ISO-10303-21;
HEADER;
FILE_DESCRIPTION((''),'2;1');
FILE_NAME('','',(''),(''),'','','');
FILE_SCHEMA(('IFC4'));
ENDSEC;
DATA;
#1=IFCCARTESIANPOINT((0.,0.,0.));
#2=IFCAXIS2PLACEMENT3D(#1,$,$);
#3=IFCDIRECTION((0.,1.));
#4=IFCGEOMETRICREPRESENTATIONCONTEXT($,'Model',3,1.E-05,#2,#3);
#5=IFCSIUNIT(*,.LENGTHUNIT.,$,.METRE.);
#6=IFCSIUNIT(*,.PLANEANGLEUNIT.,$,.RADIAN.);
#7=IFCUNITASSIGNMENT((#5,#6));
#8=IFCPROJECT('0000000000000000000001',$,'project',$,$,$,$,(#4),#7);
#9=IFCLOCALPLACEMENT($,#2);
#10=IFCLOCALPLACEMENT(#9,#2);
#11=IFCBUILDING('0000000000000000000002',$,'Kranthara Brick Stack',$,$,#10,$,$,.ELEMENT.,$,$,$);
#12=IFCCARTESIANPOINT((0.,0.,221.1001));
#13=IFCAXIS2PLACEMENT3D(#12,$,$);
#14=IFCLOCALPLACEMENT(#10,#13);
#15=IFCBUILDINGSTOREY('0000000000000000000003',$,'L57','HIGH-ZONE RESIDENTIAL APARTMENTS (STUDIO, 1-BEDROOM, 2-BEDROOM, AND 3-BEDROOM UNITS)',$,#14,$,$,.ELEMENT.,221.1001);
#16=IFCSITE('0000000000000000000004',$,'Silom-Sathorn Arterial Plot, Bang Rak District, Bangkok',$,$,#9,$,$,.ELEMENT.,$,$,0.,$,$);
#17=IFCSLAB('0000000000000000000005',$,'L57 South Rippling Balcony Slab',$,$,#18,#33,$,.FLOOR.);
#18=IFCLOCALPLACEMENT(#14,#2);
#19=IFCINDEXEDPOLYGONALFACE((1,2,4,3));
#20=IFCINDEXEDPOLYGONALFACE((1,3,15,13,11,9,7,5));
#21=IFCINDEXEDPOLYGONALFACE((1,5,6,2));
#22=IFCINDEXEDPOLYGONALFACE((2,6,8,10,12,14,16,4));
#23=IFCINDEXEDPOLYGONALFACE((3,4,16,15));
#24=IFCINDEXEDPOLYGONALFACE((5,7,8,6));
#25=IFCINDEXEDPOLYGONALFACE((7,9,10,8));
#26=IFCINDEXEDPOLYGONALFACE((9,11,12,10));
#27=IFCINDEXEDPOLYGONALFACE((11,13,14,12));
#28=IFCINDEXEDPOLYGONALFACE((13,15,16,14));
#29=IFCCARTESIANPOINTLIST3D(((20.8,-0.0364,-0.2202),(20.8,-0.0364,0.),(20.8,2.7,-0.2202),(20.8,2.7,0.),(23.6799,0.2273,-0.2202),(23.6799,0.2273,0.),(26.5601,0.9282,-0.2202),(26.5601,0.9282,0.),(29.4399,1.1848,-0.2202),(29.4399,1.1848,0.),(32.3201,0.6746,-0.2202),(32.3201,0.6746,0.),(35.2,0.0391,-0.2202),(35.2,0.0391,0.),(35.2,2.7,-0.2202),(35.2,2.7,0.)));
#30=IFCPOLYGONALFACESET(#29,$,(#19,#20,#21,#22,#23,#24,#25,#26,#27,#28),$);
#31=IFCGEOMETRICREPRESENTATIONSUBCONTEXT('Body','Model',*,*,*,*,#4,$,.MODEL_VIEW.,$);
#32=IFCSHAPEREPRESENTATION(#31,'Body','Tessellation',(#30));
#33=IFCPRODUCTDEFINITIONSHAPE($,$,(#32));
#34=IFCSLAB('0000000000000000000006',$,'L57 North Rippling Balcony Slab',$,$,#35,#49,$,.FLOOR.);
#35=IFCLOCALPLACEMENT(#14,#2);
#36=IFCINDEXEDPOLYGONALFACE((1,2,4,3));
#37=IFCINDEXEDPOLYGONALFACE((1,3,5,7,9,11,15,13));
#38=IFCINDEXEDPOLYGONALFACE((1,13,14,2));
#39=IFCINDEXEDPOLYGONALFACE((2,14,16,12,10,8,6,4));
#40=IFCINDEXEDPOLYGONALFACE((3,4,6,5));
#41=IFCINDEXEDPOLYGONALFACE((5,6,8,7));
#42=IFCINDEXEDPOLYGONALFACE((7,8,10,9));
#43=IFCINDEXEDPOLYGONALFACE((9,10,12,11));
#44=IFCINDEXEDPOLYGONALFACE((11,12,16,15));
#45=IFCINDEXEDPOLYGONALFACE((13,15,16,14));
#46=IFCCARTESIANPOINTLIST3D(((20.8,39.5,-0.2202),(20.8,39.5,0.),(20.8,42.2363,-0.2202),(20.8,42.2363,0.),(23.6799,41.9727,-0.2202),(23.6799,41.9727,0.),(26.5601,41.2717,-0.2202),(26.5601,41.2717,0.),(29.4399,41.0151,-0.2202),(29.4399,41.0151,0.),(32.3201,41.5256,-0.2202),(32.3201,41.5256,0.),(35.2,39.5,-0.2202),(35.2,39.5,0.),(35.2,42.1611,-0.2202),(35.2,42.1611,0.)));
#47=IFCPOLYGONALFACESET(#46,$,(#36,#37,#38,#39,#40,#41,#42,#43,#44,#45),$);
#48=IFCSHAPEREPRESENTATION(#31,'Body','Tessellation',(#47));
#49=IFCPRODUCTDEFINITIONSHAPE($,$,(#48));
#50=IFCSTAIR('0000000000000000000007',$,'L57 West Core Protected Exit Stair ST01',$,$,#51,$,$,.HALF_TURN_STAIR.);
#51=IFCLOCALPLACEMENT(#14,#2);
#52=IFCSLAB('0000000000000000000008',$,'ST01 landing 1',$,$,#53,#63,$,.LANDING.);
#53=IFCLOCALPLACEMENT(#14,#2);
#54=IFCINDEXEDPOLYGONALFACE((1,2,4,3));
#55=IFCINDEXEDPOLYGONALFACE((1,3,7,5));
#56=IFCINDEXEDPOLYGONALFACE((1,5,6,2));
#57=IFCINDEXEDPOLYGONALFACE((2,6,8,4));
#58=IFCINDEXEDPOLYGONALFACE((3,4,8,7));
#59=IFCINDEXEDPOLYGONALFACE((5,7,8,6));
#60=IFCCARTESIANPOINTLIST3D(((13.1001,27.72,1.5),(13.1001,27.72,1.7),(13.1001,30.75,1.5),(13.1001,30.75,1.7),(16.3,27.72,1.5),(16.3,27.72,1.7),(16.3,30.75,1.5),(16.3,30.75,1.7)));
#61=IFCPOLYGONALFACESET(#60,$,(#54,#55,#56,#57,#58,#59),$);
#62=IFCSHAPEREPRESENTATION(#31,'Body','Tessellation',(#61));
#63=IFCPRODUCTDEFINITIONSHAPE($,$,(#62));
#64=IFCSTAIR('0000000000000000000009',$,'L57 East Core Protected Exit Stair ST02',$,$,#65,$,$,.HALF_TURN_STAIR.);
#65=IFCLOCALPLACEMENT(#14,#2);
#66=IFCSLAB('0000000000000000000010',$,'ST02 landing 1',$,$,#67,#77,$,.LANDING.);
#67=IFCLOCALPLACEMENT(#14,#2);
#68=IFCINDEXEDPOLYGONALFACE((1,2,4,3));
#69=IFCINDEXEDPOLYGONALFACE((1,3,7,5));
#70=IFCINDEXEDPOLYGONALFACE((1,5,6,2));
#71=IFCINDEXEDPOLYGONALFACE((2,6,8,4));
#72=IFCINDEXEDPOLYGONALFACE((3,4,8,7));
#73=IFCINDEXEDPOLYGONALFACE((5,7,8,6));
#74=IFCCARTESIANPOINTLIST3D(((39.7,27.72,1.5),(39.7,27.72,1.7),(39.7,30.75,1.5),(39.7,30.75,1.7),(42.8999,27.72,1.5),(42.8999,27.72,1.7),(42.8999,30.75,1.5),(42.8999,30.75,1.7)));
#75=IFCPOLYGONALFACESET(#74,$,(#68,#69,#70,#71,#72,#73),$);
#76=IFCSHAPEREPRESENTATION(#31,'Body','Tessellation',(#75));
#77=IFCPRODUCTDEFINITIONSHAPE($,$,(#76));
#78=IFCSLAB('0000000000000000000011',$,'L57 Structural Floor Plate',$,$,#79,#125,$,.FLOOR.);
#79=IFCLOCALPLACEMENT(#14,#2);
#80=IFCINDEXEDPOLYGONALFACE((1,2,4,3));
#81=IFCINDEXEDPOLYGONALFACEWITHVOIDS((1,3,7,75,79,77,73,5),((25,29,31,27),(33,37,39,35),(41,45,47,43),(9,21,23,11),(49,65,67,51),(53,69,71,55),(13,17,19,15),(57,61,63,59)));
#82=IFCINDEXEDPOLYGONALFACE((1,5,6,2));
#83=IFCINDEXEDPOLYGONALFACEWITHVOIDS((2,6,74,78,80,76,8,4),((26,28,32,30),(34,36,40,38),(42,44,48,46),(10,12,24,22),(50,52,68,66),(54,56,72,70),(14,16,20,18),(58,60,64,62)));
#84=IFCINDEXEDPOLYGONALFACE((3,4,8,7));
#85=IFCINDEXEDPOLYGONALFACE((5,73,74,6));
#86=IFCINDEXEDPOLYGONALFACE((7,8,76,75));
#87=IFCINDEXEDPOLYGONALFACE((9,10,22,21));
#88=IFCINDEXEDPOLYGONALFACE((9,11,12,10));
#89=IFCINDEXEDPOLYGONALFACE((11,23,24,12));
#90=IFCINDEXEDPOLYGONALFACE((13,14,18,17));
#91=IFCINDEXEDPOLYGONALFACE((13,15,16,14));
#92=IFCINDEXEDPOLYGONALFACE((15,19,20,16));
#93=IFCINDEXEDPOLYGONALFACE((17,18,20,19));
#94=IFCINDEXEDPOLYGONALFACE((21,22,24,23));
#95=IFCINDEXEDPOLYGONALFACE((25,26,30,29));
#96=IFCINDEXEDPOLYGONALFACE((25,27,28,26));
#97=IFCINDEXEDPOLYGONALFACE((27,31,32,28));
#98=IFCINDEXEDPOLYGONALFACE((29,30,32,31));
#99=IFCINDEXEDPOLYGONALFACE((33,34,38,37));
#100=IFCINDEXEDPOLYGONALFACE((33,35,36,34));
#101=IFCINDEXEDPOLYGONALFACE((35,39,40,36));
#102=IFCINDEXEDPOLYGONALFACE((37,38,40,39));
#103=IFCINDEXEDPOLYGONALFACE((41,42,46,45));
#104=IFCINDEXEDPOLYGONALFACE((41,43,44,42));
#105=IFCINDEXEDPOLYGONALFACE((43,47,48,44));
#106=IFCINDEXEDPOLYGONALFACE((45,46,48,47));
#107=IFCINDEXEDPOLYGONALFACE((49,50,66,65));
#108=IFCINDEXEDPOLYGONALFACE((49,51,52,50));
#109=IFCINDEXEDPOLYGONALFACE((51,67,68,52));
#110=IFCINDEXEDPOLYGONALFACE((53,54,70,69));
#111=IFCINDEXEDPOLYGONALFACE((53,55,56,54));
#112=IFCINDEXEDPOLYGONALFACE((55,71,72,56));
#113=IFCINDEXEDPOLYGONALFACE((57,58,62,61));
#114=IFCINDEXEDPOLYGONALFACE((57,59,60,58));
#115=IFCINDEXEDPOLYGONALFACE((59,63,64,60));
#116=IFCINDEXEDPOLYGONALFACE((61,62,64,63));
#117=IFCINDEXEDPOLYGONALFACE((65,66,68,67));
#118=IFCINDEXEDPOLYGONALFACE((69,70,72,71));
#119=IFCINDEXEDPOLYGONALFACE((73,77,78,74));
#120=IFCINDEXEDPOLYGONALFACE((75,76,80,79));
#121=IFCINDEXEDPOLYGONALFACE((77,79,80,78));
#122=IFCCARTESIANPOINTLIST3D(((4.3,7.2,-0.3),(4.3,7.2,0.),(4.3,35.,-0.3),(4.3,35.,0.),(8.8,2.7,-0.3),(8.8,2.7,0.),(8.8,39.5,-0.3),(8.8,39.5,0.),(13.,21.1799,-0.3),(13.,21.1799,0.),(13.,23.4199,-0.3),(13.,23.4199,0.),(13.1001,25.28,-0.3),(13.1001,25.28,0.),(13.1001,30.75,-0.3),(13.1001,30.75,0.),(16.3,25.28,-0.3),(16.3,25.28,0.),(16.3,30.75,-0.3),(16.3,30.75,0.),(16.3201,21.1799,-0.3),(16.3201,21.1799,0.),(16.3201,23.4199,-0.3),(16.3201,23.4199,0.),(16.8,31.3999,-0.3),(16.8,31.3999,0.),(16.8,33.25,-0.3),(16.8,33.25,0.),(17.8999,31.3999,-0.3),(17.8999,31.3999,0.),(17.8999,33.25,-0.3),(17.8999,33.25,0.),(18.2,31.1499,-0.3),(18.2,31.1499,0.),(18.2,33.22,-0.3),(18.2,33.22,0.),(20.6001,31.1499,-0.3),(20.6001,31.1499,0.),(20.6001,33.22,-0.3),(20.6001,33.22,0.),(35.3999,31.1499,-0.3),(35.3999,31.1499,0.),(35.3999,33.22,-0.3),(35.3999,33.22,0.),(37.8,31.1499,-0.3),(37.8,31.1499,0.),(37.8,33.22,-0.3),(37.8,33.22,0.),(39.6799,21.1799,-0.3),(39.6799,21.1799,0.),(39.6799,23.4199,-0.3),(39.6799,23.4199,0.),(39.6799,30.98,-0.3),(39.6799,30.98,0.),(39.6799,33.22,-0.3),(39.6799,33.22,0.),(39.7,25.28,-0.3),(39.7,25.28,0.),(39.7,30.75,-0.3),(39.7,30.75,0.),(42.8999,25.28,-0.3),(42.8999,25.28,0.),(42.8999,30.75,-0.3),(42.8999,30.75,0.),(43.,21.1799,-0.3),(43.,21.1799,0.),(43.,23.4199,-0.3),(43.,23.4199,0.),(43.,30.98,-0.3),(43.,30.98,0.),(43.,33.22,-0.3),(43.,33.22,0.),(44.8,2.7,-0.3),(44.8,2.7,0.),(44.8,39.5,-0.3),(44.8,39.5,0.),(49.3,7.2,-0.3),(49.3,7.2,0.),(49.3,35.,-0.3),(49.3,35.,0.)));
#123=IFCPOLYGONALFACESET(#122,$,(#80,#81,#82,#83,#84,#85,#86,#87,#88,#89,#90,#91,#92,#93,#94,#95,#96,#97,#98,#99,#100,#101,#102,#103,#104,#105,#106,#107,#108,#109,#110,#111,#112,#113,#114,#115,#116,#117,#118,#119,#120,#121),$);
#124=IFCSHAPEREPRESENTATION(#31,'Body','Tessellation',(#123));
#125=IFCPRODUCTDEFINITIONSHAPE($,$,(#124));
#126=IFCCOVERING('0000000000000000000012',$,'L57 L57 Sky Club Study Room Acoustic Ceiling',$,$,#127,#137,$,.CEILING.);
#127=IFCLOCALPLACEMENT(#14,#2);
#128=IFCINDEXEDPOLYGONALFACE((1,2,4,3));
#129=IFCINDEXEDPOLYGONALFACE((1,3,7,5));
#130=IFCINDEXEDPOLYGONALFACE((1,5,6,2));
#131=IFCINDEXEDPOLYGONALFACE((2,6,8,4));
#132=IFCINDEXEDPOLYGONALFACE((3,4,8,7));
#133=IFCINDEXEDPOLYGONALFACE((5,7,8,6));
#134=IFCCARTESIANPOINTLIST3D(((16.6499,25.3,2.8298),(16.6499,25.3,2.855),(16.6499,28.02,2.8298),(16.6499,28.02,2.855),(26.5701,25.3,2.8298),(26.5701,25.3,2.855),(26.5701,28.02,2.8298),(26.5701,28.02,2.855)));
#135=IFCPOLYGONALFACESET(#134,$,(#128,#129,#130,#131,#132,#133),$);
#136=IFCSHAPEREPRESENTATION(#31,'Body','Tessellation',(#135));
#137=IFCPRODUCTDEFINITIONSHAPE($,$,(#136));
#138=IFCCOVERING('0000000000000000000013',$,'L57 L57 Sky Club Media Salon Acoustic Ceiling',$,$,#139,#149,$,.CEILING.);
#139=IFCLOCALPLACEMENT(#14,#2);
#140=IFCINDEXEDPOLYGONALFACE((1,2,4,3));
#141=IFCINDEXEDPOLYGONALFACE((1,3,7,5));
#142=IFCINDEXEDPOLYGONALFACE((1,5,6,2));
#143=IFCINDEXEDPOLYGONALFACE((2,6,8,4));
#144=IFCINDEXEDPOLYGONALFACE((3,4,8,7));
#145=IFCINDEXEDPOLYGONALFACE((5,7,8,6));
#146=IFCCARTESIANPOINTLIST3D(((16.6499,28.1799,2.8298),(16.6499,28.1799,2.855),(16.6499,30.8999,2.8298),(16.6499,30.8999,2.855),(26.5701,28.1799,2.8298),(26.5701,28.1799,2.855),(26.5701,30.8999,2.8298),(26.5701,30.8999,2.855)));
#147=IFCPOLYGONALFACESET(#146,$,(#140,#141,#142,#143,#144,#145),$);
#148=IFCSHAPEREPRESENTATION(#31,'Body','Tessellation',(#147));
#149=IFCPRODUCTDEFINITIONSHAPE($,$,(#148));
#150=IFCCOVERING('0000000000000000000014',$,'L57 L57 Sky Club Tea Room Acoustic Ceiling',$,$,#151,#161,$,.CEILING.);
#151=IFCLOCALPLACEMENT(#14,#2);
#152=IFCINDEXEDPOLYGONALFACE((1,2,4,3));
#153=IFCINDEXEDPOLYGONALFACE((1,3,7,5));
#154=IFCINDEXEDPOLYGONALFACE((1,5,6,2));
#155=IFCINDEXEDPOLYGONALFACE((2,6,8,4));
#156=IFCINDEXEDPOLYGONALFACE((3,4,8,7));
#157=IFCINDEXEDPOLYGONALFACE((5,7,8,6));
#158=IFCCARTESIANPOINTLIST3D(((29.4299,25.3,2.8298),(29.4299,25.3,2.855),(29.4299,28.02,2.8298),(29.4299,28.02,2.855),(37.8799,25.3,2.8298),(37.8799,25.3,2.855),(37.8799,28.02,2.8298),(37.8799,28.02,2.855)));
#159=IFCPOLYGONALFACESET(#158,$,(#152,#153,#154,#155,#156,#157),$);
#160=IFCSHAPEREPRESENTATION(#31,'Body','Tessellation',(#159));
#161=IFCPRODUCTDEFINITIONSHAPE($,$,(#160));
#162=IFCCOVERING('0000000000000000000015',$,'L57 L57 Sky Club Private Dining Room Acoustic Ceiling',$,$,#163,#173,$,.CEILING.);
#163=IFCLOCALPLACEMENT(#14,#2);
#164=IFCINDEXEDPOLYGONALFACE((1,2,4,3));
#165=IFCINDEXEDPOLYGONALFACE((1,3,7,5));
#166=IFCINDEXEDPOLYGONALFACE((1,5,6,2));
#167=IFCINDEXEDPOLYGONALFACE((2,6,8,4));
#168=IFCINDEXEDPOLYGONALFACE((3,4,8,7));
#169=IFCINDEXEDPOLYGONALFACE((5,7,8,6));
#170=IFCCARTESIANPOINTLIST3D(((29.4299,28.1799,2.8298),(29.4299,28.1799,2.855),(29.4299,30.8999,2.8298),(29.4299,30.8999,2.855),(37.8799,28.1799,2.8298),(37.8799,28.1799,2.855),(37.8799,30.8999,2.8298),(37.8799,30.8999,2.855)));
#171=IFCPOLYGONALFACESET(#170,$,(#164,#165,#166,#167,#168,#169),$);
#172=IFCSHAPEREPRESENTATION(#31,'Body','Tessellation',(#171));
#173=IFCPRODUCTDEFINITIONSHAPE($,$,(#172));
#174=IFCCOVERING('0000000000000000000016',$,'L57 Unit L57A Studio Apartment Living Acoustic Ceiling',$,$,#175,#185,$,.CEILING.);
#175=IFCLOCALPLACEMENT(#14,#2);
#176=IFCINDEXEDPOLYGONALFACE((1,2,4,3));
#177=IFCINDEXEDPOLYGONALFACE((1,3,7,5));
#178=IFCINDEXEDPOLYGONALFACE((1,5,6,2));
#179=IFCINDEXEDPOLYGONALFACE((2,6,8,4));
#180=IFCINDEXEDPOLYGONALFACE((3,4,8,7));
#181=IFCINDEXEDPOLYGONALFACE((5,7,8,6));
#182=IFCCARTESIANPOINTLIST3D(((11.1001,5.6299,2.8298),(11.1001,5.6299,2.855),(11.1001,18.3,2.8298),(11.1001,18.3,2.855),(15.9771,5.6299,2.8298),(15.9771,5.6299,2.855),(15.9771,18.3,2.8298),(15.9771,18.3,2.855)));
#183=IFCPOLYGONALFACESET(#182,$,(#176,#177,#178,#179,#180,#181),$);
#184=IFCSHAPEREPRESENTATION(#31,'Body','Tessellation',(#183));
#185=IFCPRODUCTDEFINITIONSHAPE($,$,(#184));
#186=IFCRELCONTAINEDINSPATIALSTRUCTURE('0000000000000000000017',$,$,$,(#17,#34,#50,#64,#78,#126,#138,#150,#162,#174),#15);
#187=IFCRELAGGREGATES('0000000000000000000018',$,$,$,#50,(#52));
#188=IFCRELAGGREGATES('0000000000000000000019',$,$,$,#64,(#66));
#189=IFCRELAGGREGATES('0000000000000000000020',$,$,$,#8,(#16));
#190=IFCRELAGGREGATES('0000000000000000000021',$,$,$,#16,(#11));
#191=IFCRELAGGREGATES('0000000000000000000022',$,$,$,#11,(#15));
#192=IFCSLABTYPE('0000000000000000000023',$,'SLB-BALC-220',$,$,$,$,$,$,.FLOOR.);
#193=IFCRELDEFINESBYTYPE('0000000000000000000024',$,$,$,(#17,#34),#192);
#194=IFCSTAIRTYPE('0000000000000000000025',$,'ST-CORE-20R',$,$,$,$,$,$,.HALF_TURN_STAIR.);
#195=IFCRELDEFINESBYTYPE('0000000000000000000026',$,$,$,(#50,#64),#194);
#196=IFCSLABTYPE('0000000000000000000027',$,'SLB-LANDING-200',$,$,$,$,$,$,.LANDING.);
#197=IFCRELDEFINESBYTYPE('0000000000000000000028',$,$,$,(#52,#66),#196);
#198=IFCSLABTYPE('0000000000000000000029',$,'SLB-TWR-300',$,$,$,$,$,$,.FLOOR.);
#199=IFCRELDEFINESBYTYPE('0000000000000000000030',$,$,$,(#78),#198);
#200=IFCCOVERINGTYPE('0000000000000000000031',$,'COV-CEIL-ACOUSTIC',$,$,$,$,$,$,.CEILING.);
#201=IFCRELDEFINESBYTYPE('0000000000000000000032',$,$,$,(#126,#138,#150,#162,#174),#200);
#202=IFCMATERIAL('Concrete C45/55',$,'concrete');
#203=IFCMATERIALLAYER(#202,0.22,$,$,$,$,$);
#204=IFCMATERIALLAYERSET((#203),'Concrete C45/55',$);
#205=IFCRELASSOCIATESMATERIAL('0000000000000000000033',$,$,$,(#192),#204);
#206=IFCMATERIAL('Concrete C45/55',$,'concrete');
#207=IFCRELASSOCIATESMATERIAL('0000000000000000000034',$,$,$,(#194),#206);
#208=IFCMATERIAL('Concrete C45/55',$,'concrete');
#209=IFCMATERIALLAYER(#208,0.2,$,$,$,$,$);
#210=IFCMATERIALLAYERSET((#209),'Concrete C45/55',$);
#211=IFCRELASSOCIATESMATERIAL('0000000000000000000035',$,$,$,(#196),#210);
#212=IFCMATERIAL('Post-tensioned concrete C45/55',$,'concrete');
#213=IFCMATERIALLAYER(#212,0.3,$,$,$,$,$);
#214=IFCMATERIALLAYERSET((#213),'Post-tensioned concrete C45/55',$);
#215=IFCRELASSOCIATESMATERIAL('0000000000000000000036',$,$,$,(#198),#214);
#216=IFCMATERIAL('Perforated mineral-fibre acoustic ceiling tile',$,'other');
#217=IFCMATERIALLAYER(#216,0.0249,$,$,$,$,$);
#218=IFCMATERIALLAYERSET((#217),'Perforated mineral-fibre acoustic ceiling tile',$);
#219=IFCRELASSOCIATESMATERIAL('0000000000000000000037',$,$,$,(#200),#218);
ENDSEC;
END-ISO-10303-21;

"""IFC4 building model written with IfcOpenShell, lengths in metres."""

from ifc_helpers import new_model, si_unit, direction, frame, origin, place, context, subcontext, project, spatial, polyline, outline, extrude, material, layer, layer_set, type_object, element, aggregate, save


model = new_model("IFC4")

# Units and contexts
model_context = context("Model", 3, precision=1e-05, world=origin(), true_north=direction((0.0, 1.0)))
body_context = subcontext(model_context, "Body", "Model", "MODEL_VIEW")
ifc_project = project(units=[si_unit("LENGTHUNIT", "METRE"), si_unit("PLANEANGLEUNIT", "RADIAN")], contexts=[model_context])

# Site, building, storey
site_placement = place(None, origin())
site = spatial("IfcSite", under=ifc_project, at=site_placement, Name="Silom-Sathorn Arterial Plot, Bang Rak District, Bangkok", CompositionType="ELEMENT", RefElevation=0.0)
building_placement = place(site_placement, origin())
building = spatial("IfcBuilding", under=site, at=building_placement, Name="Kranthara Brick Stack", CompositionType="ELEMENT")
storey_placement = place(building_placement, frame((0.0, 0.0, 221.1001)))
storey = spatial("IfcBuildingStorey", under=building, at=storey_placement, Name="L57", Description="HIGH-ZONE RESIDENTIAL APARTMENTS (STUDIO, 1-BEDROOM, 2-BEDROOM, AND 3-BEDROOM UNITS)", CompositionType="ELEMENT", Elevation=221.1001)

# Slabs
ifc_material_1 = material(Name="Concrete C45/55", Category="concrete")
ifc_layer_1 = layer(ifc_material_1, 0.22)
ifc_layer_set_1 = layer_set([ifc_layer_1], Name="Concrete C45/55")
slab_type_1 = type_object("IfcSlabType", Name="SLB-BALC-220", PredefinedType="FLOOR", material=ifc_layer_set_1)
slab_1_placement = place(storey_placement, frame((0.0, 0.0, -0.2202)))
element("IfcSlab", 1, at=slab_1_placement, inside=storey, type_object=slab_type_1, Name="L57 South Rippling Balcony Slab", PredefinedType="FLOOR", context=body_context, shape_type="SweptSolid", body=[
    extrude(outline(polyline([(20.8, 2.7), (35.2, 2.7), (35.2, 0.0391), (32.3201, 0.6746), (29.4399, 1.1848), (26.5601, 0.9282), (23.6799, 0.2273), (20.8, -0.0364), (20.8, 2.7)])), origin(), (0.0, 0.0, 1.0), 0.2202),
])
slab_2_placement = place(storey_placement, frame((0.0, 0.0, -0.2202)))
element("IfcSlab", 2, at=slab_2_placement, inside=storey, type_object=slab_type_1, Name="L57 North Rippling Balcony Slab", PredefinedType="FLOOR", context=body_context, shape_type="SweptSolid", body=[
    extrude(outline(polyline([(35.2, 39.5), (20.8, 39.5), (20.8, 42.2363), (23.6799, 41.9727), (26.5601, 41.2717), (29.4399, 41.0151), (32.3201, 41.5256), (35.2, 42.1611), (35.2, 39.5)])), origin(), (0.0, 0.0, 1.0), 0.2202),
])

# Stairs, slabs
ifc_material_2 = material(Name="Concrete C45/55", Category="concrete")
stair_type = type_object("IfcStairType", Name="ST-CORE-20R", PredefinedType="HALF_TURN_STAIR", material=ifc_material_2)
stair_1_placement = place(storey_placement, origin())
stair_1 = element("IfcStair", 3, at=stair_1_placement, inside=storey, type_object=stair_type, Name="L57 West Core Protected Exit Stair ST01", PredefinedType="HALF_TURN_STAIR")
ifc_material_3 = material(Name="Concrete C45/55", Category="concrete")
ifc_layer_2 = layer(ifc_material_3, 0.2)
ifc_layer_set_2 = layer_set([ifc_layer_2], Name="Concrete C45/55")
slab_type_2 = type_object("IfcSlabType", Name="SLB-LANDING-200", PredefinedType="LANDING", material=ifc_layer_set_2)
slab_3_placement = place(storey_placement, frame((0.0, 0.0, 1.5)))
slab_3 = element("IfcSlab", 4, at=slab_3_placement, type_object=slab_type_2, Name="ST01 landing 1", PredefinedType="LANDING", context=body_context, shape_type="SweptSolid", body=[
    extrude(outline(polyline([(16.3, 27.72), (16.3, 30.75), (13.1001, 30.75), (13.1001, 27.72), (16.3, 27.72)])), origin(), (0.0, 0.0, 1.0), 0.2),
])
aggregate(stair_1, [slab_3])
stair_2_placement = place(storey_placement, origin())
stair_2 = element("IfcStair", 5, at=stair_2_placement, inside=storey, type_object=stair_type, Name="L57 East Core Protected Exit Stair ST02", PredefinedType="HALF_TURN_STAIR")
slab_4_placement = place(storey_placement, frame((0.0, 0.0, 1.5)))
slab_4 = element("IfcSlab", 6, at=slab_4_placement, type_object=slab_type_2, Name="ST02 landing 1", PredefinedType="LANDING", context=body_context, shape_type="SweptSolid", body=[
    extrude(outline(polyline([(42.8999, 27.72), (42.8999, 30.75), (39.7, 30.75), (39.7, 27.72), (42.8999, 27.72)])), origin(), (0.0, 0.0, 1.0), 0.2),
])
aggregate(stair_2, [slab_4])

# Slab
ifc_material_4 = material(Name="Post-tensioned concrete C45/55", Category="concrete")
ifc_layer_3 = layer(ifc_material_4, 0.3)
ifc_layer_set_3 = layer_set([ifc_layer_3], Name="Post-tensioned concrete C45/55")
slab_type_3 = type_object("IfcSlabType", Name="SLB-TWR-300", PredefinedType="FLOOR", material=ifc_layer_set_3)
slab_5_placement = place(storey_placement, frame((0.0, 0.0, -0.3)))
element("IfcSlab", 7, at=slab_5_placement, inside=storey, type_object=slab_type_3, Name="L57 Structural Floor Plate", PredefinedType="FLOOR", context=body_context, shape_type="SweptSolid", body=[
    extrude(outline(polyline([(8.8, 2.7), (44.8, 2.7), (49.3, 7.2), (49.3, 35.0), (44.8, 39.5), (8.8, 39.5), (4.3, 35.0), (4.3, 7.2), (8.8, 2.7)]), holes=[polyline([(13.1001, 25.28), (16.3, 25.28), (16.3, 30.75), (13.1001, 30.75), (13.1001, 25.28)]), polyline([(39.7, 25.28), (42.8999, 25.28), (42.8999, 30.75), (39.7, 30.75), (39.7, 25.28)]), polyline([(13.0, 21.1799), (16.3201, 21.1799), (16.3201, 23.4199), (13.0, 23.4199), (13.0, 21.1799)]), polyline([(39.6799, 21.1799), (43.0, 21.1799), (43.0, 23.4199), (39.6799, 23.4199), (39.6799, 21.1799)]), polyline([(39.6799, 30.98), (43.0, 30.98), (43.0, 33.22), (39.6799, 33.22), (39.6799, 30.98)]), polyline([(18.2, 31.1499), (20.6001, 31.1499), (20.6001, 33.22), (18.2, 33.22), (18.2, 31.1499)]), polyline([(35.3999, 31.1499), (37.8, 31.1499), (37.8, 33.22), (35.3999, 33.22), (35.3999, 31.1499)]), polyline([(16.8, 31.3999), (17.8999, 31.3999), (17.8999, 33.25), (16.8, 33.25), (16.8, 31.3999)])]), origin(), (0.0, 0.0, 1.0), 0.3),
])

# Coverings
ifc_material_5 = material(Name="Perforated mineral-fibre acoustic ceiling tile", Category="other")
ifc_layer_4 = layer(ifc_material_5, 0.0249)
ifc_layer_set_4 = layer_set([ifc_layer_4], Name="Perforated mineral-fibre acoustic ceiling tile")
covering_type_1 = type_object("IfcCoveringType", Name="COV-CEIL-ACOUSTIC", PredefinedType="CEILING", material=ifc_layer_set_4)
covering_1_placement = place(storey_placement, frame((0.0, 0.0, 2.8298)))
element("IfcCovering", 8, at=covering_1_placement, inside=storey, type_object=covering_type_1, Name="L57 L57 Sky Club Study Room Acoustic Ceiling", PredefinedType="CEILING", context=body_context, shape_type="SweptSolid", body=[
    extrude(outline(polyline([(26.5701, 25.3), (26.5701, 28.02), (16.6499, 28.02), (16.6499, 25.3), (26.5701, 25.3)])), origin(), (0.0, 0.0, 1.0), 0.0251),
])
covering_2_placement = place(storey_placement, frame((0.0, 0.0, 2.8298)))
element("IfcCovering", 9, at=covering_2_placement, inside=storey, type_object=covering_type_1, Name="L57 L57 Sky Club Media Salon Acoustic Ceiling", PredefinedType="CEILING", context=body_context, shape_type="SweptSolid", body=[
    extrude(outline(polyline([(26.5701, 28.1799), (26.5701, 30.8999), (16.6499, 30.8999), (16.6499, 28.1799), (26.5701, 28.1799)])), origin(), (0.0, 0.0, 1.0), 0.0251),
])
covering_3_placement = place(storey_placement, frame((0.0, 0.0, 2.8298)))
element("IfcCovering", 10, at=covering_3_placement, inside=storey, type_object=covering_type_1, Name="L57 L57 Sky Club Tea Room Acoustic Ceiling", PredefinedType="CEILING", context=body_context, shape_type="SweptSolid", body=[
    extrude(outline(polyline([(37.8799, 25.3), (37.8799, 28.02), (29.4299, 28.02), (29.4299, 25.3), (37.8799, 25.3)])), origin(), (0.0, 0.0, 1.0), 0.0251),
])
covering_4_placement = place(storey_placement, frame((0.0, 0.0, 2.8298)))
element("IfcCovering", 11, at=covering_4_placement, inside=storey, type_object=covering_type_1, Name="L57 L57 Sky Club Private Dining Room Acoustic Ceiling", PredefinedType="CEILING", context=body_context, shape_type="SweptSolid", body=[
    extrude(outline(polyline([(37.8799, 28.1799), (37.8799, 30.8999), (29.4299, 30.8999), (29.4299, 28.1799), (37.8799, 28.1799)])), origin(), (0.0, 0.0, 1.0), 0.0251),
])
covering_5_placement = place(storey_placement, frame((0.0, 0.0, 2.8298)))
element("IfcCovering", 12, at=covering_5_placement, inside=storey, type_object=covering_type_1, Name="L57 Unit L57A Studio Apartment Living Acoustic Ceiling", PredefinedType="CEILING", context=body_context, shape_type="SweptSolid", body=[
    extrude(outline(polyline([(15.9771, 5.6299), (15.9771, 18.3), (11.1001, 18.3), (11.1001, 5.6299), (15.9771, 5.6299)])), origin(), (0.0, 0.0, 1.0), 0.0251),
])

save(model, "model.ifc")
